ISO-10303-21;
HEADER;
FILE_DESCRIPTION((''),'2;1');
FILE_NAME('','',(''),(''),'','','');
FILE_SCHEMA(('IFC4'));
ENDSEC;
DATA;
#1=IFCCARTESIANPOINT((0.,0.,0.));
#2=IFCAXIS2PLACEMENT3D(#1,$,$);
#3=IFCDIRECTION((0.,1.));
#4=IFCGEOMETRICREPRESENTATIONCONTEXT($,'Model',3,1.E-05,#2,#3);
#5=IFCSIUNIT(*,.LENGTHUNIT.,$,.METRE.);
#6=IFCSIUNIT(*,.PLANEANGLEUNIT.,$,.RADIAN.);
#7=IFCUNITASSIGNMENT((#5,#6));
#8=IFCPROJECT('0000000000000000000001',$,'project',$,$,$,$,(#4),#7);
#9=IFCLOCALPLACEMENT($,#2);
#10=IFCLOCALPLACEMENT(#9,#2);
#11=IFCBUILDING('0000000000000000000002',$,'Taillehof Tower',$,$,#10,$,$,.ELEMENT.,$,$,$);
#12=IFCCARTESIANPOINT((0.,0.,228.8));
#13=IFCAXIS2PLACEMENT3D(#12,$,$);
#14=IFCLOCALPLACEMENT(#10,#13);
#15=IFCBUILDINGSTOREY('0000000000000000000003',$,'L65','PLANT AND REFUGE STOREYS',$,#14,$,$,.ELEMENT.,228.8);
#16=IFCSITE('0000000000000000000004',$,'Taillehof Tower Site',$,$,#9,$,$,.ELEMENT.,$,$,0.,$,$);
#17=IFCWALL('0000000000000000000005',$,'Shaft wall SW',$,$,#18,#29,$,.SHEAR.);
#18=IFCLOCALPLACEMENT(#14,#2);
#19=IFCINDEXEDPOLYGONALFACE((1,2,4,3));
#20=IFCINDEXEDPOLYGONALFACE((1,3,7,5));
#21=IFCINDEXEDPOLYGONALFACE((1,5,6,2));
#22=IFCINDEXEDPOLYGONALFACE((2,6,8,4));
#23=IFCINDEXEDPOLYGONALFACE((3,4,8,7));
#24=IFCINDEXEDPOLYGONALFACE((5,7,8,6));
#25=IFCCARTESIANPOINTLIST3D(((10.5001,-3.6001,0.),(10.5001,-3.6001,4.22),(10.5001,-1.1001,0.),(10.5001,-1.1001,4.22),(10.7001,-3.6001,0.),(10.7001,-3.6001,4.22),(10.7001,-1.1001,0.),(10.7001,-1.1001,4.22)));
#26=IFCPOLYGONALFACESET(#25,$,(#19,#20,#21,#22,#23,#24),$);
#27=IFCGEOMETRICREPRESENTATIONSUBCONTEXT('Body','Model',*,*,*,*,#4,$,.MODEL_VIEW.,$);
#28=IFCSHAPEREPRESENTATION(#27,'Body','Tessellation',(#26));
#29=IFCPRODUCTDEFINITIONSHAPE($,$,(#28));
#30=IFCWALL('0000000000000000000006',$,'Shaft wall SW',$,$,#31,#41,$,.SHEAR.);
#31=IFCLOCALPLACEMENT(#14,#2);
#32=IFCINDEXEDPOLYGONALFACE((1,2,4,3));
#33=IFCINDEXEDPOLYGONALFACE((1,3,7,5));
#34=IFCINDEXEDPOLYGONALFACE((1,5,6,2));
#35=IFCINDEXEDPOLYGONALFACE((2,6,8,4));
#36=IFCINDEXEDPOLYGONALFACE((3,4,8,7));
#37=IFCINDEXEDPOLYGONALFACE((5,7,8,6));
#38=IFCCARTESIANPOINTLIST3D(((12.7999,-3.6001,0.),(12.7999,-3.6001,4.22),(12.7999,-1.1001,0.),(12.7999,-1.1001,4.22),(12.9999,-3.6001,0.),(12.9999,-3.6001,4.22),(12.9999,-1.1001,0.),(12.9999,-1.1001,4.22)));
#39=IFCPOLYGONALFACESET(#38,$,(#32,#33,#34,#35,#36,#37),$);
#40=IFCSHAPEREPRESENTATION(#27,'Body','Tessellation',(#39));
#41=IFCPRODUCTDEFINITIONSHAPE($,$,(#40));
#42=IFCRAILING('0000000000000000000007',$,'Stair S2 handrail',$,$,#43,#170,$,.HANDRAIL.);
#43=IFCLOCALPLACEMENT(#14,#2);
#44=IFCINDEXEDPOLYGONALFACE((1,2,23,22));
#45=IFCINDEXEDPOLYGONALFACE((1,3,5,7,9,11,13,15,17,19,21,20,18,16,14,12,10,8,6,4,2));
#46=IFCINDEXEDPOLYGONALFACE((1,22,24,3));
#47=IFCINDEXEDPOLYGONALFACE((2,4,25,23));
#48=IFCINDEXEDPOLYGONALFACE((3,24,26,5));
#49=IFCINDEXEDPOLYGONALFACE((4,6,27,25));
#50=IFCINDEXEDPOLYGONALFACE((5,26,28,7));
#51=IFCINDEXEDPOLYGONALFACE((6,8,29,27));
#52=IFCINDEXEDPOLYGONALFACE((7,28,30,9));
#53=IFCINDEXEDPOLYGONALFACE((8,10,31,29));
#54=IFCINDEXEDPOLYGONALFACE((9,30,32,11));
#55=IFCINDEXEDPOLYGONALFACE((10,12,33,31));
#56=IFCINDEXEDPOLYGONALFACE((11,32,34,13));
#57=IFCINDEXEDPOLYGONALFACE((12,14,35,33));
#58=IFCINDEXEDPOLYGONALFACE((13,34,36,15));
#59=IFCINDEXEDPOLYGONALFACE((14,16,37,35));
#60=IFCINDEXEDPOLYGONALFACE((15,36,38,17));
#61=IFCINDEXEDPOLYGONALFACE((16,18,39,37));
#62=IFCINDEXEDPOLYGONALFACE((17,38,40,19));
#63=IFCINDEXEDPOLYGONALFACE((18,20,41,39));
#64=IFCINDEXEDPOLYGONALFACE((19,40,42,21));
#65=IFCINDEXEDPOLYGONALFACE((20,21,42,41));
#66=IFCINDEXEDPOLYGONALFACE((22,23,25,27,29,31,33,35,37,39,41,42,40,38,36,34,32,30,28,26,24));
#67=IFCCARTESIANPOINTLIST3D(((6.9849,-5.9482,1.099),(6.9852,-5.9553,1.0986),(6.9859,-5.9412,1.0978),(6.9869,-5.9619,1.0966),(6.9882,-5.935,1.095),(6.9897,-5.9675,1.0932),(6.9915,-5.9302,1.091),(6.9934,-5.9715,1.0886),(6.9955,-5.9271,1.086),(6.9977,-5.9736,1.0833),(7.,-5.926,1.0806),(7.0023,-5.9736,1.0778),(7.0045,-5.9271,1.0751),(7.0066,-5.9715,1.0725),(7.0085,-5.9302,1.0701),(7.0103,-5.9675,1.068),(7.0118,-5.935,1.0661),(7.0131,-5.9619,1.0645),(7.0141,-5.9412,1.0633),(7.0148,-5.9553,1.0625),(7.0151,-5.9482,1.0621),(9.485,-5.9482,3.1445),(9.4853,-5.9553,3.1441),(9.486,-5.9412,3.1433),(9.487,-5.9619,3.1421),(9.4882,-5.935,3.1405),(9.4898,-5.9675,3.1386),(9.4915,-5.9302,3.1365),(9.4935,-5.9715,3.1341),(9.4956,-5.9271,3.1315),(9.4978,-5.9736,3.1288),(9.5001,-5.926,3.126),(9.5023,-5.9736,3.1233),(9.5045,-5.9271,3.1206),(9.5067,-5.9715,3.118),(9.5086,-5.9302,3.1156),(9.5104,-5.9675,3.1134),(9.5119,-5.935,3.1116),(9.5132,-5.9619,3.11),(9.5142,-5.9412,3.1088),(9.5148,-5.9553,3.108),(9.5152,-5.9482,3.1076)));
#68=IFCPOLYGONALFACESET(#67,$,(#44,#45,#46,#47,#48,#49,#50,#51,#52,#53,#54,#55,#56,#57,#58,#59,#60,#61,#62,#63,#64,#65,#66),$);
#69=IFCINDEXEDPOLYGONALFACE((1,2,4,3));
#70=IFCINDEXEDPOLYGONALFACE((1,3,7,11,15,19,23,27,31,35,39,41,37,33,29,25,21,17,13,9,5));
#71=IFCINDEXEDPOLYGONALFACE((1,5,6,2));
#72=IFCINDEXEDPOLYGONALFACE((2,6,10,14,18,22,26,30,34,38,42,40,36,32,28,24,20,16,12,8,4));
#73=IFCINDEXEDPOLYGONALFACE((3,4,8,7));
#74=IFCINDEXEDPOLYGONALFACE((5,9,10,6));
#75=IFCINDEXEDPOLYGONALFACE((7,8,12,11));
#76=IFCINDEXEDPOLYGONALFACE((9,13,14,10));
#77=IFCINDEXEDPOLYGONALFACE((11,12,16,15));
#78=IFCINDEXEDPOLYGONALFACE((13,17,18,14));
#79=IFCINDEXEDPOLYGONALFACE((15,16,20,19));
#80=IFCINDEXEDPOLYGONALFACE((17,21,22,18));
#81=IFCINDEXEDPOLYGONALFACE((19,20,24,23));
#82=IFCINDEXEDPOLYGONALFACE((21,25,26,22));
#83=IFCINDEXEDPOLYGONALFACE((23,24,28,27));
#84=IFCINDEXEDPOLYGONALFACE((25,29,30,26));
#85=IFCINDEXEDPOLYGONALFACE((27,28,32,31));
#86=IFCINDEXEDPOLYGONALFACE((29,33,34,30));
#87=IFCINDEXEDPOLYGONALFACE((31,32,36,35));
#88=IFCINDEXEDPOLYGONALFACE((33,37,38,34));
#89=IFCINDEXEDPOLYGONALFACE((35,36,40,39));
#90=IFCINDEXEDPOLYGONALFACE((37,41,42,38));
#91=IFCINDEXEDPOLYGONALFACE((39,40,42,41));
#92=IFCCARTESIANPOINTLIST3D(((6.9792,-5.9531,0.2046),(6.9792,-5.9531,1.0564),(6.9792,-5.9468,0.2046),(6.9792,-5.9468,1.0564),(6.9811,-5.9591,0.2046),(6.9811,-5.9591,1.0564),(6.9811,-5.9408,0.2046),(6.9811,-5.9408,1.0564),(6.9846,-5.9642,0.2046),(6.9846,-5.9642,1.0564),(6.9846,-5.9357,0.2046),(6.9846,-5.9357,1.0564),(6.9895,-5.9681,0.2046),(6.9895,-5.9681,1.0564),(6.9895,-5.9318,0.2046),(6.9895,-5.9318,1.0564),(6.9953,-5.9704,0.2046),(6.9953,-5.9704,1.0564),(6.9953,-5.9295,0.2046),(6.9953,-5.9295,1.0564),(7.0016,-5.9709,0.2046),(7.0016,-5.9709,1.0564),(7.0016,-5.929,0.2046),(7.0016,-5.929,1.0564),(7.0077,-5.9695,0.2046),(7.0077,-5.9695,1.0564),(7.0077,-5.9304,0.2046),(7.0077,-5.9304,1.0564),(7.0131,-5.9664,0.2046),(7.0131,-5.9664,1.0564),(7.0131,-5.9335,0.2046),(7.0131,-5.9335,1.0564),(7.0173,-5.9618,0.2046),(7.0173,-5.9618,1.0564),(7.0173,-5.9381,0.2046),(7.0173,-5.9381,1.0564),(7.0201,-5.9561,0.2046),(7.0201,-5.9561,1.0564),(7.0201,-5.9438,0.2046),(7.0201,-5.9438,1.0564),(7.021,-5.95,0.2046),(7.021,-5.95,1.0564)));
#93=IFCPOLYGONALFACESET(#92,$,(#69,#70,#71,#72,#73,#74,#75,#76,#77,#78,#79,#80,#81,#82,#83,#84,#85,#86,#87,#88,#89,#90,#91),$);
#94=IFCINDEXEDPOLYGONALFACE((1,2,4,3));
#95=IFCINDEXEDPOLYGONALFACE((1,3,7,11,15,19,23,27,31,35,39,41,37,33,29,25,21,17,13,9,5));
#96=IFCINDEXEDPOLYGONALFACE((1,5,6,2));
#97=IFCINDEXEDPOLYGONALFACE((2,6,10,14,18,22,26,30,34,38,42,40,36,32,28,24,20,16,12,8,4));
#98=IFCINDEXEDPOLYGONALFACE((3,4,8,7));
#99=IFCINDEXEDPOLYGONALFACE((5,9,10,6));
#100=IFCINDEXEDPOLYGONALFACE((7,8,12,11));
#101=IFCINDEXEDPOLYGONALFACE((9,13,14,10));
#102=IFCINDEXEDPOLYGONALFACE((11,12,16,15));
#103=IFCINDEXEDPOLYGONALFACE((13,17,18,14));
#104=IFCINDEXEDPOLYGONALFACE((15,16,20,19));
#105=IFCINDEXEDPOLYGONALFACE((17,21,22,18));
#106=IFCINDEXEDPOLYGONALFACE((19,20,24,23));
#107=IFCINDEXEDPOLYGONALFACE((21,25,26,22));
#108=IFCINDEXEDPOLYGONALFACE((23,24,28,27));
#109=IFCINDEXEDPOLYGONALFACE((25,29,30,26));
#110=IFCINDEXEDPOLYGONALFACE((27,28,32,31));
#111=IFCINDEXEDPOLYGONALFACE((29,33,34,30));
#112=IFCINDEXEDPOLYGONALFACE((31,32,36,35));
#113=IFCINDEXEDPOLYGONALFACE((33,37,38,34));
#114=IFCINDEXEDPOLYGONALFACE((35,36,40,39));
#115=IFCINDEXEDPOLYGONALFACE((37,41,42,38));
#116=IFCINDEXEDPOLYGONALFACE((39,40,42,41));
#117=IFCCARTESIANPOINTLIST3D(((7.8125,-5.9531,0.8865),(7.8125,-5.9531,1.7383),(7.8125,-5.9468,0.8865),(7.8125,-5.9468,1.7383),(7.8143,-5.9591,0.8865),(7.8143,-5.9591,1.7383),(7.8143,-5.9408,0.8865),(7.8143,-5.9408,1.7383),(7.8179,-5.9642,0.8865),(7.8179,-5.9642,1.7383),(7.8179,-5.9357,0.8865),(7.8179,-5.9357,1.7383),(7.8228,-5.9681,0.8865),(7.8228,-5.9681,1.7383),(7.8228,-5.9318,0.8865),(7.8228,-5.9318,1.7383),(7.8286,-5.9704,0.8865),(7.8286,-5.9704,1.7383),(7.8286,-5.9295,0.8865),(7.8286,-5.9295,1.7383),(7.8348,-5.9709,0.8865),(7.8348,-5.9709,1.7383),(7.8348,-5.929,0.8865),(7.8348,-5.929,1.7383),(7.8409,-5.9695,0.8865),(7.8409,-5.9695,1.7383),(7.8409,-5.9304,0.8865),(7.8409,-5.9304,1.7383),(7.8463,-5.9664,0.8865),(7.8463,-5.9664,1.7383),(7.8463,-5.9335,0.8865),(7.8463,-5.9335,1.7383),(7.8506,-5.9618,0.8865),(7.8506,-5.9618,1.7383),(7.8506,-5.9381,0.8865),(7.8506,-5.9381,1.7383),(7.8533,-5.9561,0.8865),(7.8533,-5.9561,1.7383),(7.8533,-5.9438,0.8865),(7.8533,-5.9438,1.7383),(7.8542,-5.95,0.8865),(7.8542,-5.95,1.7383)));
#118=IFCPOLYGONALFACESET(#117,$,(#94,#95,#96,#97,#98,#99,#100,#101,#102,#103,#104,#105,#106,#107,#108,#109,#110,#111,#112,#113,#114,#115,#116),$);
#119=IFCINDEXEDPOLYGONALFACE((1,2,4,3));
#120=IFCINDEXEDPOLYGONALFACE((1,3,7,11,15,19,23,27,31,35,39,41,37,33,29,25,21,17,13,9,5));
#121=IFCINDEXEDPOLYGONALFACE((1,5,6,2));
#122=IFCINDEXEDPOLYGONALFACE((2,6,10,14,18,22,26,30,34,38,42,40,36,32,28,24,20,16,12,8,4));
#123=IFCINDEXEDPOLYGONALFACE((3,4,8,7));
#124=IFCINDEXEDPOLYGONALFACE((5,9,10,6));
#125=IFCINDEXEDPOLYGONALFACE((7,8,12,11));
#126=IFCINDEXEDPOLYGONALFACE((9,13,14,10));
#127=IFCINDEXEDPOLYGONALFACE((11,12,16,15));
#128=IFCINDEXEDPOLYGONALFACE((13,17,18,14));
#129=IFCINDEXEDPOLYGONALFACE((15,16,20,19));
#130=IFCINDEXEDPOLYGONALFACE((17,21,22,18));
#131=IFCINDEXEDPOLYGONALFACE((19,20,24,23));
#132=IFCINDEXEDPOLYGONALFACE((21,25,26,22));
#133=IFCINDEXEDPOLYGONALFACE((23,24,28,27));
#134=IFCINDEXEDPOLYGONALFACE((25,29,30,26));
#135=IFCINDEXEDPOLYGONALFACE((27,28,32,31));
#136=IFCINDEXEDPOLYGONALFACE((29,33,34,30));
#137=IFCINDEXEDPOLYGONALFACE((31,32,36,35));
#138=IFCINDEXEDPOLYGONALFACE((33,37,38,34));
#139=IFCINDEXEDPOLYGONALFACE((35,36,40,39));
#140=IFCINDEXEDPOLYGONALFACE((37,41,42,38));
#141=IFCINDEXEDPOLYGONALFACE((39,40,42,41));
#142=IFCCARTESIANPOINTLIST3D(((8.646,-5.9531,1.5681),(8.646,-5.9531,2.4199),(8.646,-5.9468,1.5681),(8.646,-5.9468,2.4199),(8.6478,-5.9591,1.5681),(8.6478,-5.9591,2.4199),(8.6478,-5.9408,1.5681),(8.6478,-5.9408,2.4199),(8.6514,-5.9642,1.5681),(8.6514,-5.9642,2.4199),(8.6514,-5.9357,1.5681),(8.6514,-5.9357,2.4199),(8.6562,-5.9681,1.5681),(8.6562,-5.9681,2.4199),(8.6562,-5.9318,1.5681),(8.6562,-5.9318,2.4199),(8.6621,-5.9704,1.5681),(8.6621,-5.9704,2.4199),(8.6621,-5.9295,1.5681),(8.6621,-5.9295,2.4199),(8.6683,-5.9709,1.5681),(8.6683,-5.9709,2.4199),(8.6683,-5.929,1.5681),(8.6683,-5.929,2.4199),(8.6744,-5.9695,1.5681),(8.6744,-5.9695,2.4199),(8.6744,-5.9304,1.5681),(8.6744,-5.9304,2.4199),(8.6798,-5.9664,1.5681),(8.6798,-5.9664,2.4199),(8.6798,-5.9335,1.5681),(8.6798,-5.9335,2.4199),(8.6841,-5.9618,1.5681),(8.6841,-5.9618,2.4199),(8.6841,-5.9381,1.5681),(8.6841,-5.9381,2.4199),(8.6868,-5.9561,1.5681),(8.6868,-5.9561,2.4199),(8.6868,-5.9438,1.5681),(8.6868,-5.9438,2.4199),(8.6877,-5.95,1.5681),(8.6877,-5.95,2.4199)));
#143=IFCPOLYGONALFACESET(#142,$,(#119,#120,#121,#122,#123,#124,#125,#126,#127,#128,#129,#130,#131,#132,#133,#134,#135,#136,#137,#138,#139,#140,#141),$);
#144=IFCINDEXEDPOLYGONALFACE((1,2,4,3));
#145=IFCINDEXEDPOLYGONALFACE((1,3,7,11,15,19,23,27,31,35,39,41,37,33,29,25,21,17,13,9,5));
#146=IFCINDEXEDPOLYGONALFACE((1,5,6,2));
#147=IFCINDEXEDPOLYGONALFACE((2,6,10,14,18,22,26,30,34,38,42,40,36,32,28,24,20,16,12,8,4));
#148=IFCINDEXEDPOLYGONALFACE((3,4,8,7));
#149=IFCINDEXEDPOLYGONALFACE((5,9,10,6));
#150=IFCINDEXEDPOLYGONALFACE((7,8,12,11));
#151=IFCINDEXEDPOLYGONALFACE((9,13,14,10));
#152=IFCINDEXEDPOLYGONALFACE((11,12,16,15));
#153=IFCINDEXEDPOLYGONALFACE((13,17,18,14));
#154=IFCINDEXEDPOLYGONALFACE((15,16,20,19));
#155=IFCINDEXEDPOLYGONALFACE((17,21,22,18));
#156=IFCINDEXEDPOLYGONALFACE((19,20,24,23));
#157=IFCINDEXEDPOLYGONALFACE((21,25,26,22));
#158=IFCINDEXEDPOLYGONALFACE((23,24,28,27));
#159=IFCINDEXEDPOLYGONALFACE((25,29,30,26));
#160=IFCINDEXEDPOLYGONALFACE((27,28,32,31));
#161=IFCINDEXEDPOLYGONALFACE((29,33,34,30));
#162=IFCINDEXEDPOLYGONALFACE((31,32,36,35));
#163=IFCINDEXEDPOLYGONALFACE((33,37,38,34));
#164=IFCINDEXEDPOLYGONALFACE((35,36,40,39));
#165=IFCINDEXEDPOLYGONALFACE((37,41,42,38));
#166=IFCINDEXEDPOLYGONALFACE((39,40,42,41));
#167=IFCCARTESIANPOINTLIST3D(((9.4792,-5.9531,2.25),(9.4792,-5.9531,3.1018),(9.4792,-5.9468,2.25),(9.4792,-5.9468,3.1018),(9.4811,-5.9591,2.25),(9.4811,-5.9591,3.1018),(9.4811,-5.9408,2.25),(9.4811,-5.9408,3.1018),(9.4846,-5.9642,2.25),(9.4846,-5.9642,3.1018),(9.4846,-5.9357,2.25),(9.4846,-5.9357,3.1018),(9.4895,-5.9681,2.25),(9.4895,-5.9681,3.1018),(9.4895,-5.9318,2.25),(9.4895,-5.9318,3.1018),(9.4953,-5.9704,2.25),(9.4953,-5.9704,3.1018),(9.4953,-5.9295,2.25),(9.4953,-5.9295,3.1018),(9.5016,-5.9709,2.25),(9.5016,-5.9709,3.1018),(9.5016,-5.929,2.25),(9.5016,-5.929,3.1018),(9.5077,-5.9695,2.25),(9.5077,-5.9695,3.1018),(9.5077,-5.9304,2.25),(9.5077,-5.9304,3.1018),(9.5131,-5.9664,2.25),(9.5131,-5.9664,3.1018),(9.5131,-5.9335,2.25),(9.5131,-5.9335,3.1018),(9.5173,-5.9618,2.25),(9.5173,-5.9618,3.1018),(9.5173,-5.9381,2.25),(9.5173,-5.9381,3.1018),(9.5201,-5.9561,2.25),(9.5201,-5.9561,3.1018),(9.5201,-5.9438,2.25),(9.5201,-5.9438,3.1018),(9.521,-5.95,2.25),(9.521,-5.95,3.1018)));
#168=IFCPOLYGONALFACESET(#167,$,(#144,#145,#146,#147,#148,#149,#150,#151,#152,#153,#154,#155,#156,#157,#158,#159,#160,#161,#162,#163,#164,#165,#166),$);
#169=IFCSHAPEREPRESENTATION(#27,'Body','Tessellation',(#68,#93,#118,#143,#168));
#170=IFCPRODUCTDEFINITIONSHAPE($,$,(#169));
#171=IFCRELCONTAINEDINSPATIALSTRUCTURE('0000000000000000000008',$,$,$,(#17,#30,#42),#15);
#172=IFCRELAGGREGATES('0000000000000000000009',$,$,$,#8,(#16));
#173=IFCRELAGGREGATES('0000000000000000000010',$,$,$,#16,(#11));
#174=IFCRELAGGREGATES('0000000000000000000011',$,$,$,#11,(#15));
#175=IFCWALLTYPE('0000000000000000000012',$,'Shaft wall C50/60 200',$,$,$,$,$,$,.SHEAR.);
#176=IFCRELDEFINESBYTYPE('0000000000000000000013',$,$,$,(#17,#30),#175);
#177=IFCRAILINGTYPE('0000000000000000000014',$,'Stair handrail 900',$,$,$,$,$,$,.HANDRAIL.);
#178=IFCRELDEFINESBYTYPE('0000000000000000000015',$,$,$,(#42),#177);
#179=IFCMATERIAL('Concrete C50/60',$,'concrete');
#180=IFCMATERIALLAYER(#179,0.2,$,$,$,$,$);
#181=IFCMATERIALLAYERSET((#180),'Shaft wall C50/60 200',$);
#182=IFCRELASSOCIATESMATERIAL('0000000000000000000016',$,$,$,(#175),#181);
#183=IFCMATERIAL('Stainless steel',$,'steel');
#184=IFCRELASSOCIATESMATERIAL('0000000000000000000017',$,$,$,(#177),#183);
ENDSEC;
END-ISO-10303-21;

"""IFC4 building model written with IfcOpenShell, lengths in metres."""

from ifc_helpers import new_model, si_unit, direction, frame, frame_2d, origin, origin_2d, place, context, subcontext, project, spatial, rectangle, circle, extrude, material, layer, layer_set, type_object, element, save


model = new_model("IFC4")

# Units and contexts
model_context = context("Model", 3, precision=1e-05, world=origin(), true_north=direction((0.0, 1.0)))
body_context = subcontext(model_context, "Body", "Model", "MODEL_VIEW")
ifc_project = project(units=[si_unit("LENGTHUNIT", "METRE"), si_unit("PLANEANGLEUNIT", "RADIAN")], contexts=[model_context])

# Site, building, storey
site_placement = place(None, origin())
site = spatial("IfcSite", under=ifc_project, at=site_placement, Name="Taillehof Tower Site", CompositionType="ELEMENT", RefElevation=0.0)
building_placement = place(site_placement, origin())
building = spatial("IfcBuilding", under=site, at=building_placement, Name="Taillehof Tower", CompositionType="ELEMENT")
storey_placement = place(building_placement, frame((0.0, 0.0, 228.8)))
storey = spatial("IfcBuildingStorey", under=building, at=storey_placement, Name="L65", Description="PLANT AND REFUGE STOREYS", CompositionType="ELEMENT", Elevation=228.8)

# Shared definitions
ifc_material_1 = material(Name="Concrete C50/60", Category="concrete")
ifc_layer_1 = layer(ifc_material_1, 0.2)
ifc_layer_set_1 = layer_set([ifc_layer_1], Name="Shaft wall C50/60 200")
wall_type_1 = type_object("IfcWallType", Name="Shaft wall C50/60 200", PredefinedType="SHEAR", material=ifc_layer_set_1)

# Walls
for number, where, z_axis, x_axis, name in (
    (1, (10.6001, -3.6001, 0.0), (0.0, 0.0, 1.0), (0.0, 1.0, 0.0), "Shaft wall SW"),
    (2, (12.8999, -3.6001, 0.0), (0.0, 0.0, 1.0), (0.0, 1.0, 0.0), "Shaft wall SW"),
):
    element("IfcWall", number, at=place(storey_placement, frame(where, z_axis=z_axis, x_axis=x_axis)), inside=storey, type_object=wall_type_1, Name=name, PredefinedType="SHEAR", context=body_context, shape_type="SweptSolid", body=[
        extrude(rectangle(XDim=2.5, YDim=0.2, at=frame_2d((1.25, 0.0))), origin(), (0.0, 0.0, 1.0), 4.22),
    ])

# Railing
ifc_material_2 = material(Name="Stainless steel", Category="steel")
railing_type = type_object("IfcRailingType", Name="Stair handrail 900", PredefinedType="HANDRAIL", material=ifc_material_2)
railing_placement = place(storey_placement, frame((7.0, -5.95, 0.2046)))
element("IfcRailing", 3, at=railing_placement, inside=storey, type_object=railing_type, Name="Stair S2 handrail", PredefinedType="HANDRAIL", context=body_context, shape_type="SweptSolid", body=[
    extrude(circle(Radius=0.0239, at=origin_2d()), frame((0.0, 0.0, 0.876), z_axis=(0.773964, 0.0, 0.63323), x_axis=(0.0, 1.0, 0.0)), (0.0, 0.0, 1.0), 3.2302),
    extrude(circle(Radius=0.021, at=origin_2d()), origin(), (0.0, 0.0, 1.0), 0.8518),
    extrude(circle(Radius=0.021, at=origin_2d()), frame((0.8333, 0.0, 0.6819)), (0.0, 0.0, 1.0), 0.8518),
    extrude(circle(Radius=0.021, at=origin_2d()), frame((1.6667, 0.0, 1.3635)), (0.0, 0.0, 1.0), 0.8518),
    extrude(circle(Radius=0.021, at=origin_2d()), frame((2.5, 0.0, 2.0454)), (0.0, 0.0, 1.0), 0.8518),
])

save(model, "model.ifc")
